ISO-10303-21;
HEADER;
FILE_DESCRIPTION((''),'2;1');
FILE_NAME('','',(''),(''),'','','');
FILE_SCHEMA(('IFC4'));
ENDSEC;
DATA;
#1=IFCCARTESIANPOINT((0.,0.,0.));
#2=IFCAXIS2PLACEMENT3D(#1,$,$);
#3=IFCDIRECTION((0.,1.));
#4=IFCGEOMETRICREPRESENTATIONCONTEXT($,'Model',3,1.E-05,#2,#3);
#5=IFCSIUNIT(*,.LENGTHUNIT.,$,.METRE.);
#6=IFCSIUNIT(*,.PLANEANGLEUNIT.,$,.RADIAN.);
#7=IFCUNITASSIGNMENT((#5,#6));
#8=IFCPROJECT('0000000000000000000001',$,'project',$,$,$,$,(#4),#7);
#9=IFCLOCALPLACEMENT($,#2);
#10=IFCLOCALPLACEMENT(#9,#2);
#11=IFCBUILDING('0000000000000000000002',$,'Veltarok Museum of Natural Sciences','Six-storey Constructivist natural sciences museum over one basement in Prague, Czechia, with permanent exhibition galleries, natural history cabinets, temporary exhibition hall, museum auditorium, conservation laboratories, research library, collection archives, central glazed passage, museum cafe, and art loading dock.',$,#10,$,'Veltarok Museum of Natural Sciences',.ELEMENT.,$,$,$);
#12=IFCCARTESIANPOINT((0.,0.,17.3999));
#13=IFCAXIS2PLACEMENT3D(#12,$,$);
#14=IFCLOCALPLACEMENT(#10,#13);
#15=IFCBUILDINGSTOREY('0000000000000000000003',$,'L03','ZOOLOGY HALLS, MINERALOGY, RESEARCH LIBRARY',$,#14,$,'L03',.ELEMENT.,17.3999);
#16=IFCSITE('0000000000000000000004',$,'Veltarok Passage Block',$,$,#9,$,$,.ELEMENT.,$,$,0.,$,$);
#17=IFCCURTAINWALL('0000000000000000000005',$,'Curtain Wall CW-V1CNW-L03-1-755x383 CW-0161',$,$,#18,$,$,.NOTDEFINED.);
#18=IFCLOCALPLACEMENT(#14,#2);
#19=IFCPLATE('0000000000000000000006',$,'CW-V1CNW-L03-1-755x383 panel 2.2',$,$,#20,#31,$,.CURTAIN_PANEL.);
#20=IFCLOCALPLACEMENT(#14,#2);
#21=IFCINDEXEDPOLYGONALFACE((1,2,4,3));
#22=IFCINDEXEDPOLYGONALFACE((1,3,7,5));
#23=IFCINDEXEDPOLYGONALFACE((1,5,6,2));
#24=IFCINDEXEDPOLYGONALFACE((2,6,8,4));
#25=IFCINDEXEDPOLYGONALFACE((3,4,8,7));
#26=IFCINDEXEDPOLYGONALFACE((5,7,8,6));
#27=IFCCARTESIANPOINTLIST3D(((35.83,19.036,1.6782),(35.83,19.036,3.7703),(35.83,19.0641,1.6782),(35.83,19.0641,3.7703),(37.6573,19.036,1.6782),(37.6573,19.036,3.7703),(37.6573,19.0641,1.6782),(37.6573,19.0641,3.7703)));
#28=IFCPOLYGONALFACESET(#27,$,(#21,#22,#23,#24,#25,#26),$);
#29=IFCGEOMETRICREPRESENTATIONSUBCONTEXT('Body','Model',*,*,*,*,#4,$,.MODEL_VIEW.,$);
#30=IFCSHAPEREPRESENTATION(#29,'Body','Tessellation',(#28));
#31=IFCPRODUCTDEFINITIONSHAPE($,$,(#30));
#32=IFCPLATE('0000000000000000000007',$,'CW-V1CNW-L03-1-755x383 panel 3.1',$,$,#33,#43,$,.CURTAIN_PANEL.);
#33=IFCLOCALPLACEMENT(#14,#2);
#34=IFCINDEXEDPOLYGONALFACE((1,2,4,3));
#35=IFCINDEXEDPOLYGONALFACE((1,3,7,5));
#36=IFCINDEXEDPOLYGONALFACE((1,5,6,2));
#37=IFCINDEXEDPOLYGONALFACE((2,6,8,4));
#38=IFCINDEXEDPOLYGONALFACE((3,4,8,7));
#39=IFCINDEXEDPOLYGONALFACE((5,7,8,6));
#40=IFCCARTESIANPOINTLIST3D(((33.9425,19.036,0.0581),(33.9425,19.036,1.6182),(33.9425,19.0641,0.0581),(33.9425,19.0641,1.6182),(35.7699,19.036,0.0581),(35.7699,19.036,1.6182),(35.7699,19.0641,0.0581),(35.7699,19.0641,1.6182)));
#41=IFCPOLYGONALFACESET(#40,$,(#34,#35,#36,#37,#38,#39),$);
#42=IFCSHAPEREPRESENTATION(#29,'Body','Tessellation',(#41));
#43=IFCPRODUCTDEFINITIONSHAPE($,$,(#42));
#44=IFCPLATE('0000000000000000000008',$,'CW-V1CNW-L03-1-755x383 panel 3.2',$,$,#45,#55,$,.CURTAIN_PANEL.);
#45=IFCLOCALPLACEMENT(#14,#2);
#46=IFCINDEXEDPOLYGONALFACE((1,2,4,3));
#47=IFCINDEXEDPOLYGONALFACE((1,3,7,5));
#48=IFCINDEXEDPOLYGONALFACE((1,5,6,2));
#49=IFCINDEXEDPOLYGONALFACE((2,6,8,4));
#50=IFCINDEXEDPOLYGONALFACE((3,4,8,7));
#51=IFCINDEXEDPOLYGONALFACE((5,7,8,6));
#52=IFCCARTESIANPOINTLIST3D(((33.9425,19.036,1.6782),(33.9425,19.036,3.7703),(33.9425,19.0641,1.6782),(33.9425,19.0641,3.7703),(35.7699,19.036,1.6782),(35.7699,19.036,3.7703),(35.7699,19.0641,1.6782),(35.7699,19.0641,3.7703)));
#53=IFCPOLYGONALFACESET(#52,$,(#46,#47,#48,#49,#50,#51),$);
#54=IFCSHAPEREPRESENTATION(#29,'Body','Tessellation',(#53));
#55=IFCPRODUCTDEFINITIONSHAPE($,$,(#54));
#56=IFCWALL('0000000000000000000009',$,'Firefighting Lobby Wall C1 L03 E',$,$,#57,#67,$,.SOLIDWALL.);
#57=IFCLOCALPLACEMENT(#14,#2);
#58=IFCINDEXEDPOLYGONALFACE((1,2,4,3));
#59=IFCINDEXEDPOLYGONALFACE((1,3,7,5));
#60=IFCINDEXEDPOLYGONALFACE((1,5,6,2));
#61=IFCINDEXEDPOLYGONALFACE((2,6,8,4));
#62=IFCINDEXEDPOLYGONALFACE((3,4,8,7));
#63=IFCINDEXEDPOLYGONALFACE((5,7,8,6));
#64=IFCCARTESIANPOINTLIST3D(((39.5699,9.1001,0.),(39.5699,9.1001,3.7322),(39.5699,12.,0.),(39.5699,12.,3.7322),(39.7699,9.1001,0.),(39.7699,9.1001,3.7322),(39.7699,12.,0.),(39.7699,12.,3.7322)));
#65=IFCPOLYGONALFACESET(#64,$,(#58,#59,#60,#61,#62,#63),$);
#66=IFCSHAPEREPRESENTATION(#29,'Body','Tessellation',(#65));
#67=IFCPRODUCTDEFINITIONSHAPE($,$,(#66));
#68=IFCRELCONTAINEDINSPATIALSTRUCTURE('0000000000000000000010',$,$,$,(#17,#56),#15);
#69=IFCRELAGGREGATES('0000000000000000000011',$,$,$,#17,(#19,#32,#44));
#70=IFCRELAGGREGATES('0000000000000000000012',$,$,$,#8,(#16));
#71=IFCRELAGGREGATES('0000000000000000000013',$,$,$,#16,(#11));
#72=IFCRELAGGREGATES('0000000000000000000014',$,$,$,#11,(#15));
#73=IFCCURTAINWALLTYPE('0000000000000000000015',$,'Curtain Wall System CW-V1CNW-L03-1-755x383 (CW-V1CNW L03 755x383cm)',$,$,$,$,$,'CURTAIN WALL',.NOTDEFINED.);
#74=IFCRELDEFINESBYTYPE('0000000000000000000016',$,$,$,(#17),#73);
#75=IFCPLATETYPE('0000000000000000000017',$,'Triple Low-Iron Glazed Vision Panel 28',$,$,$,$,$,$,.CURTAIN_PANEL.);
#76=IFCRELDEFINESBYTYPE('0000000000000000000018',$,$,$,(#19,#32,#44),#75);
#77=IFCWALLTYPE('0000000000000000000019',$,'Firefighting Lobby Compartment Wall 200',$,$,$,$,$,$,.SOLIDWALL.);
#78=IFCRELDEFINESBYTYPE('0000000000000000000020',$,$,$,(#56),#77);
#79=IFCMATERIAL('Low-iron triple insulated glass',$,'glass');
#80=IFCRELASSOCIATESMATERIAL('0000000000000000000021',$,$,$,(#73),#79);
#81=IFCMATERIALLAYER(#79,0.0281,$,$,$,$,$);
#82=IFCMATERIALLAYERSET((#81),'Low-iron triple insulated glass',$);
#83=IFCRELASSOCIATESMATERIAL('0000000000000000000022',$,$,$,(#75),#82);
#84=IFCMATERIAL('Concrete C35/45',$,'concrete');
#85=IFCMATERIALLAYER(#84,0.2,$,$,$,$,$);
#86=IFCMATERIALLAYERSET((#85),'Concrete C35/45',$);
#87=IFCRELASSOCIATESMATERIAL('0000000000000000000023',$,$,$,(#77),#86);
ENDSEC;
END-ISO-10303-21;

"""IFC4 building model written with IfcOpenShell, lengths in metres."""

from ifc_helpers import new_model, si_unit, direction, frame, frame_2d, origin, origin_2d, place, context, subcontext, project, spatial, rectangle, extrude, material, layer, layer_set, type_object, element, aggregate, save


model = new_model("IFC4")

# Units and contexts
model_context = context("Model", 3, precision=1e-05, world=origin(), true_north=direction((0.0, 1.0)))
body_context = subcontext(model_context, "Body", "Model", "MODEL_VIEW")
ifc_project = project(units=[si_unit("LENGTHUNIT", "METRE"), si_unit("PLANEANGLEUNIT", "RADIAN")], contexts=[model_context])

# Site, building, storey
site_placement = place(None, origin())
site = spatial("IfcSite", under=ifc_project, at=site_placement, Name="Veltarok Passage Block", CompositionType="ELEMENT", RefElevation=0.0)
building_placement = place(site_placement, origin())
building = spatial("IfcBuilding", under=site, at=building_placement, Name="Veltarok Museum of Natural Sciences", Description="Six-storey Constructivist natural sciences museum over one basement in Prague, Czechia, with permanent exhibition galleries, natural history cabinets, temporary exhibition hall, museum auditorium, conservation laboratories, research library, collection archives, central glazed passage, museum cafe, and art loading dock.", LongName="Veltarok Museum of Natural Sciences", CompositionType="ELEMENT")
storey_placement = place(building_placement, frame((0.0, 0.0, 17.3999)))
storey = spatial("IfcBuildingStorey", under=building, at=storey_placement, Name="L03", Description="ZOOLOGY HALLS, MINERALOGY, RESEARCH LIBRARY", LongName="L03", CompositionType="ELEMENT", Elevation=17.3999)

# Shared definitions
ifc_material_1 = material(Name="Low-iron triple insulated glass", Category="glass")

# Curtain wall
curtain_wall_type_1 = type_object("IfcCurtainWallType", Name="Curtain Wall System CW-V1CNW-L03-1-755x383 (CW-V1CNW L03 755x383cm)", ElementType="CURTAIN WALL", PredefinedType="NOTDEFINED", material=ifc_material_1)
curtain_wall_1_placement = place(storey_placement, origin())
curtain_wall_1 = element("IfcCurtainWall", 1, at=curtain_wall_1_placement, inside=storey, type_object=curtain_wall_type_1, Name="Curtain Wall CW-V1CNW-L03-1-755x383 CW-0161", PredefinedType="NOTDEFINED")

# Plates
ifc_layer_1 = layer(ifc_material_1, 0.0281)
ifc_layer_set_1 = layer_set([ifc_layer_1], Name="Low-iron triple insulated glass")
plate_type = type_object("IfcPlateType", Name="Triple Low-Iron Glazed Vision Panel 28", PredefinedType="CURTAIN_PANEL", material=ifc_layer_set_1)
plate_1_placement = place(storey_placement, frame((36.7437, 19.05, 1.6782), z_axis=(0.0, 0.0, 1.0), x_axis=(-1.0, 0.0, 0.0)))
plate_1 = element("IfcPlate", 2, at=plate_1_placement, type_object=plate_type, Name="CW-V1CNW-L03-1-755x383 panel 2.2", PredefinedType="CURTAIN_PANEL", context=body_context, shape_type="SweptSolid", body=[
    extrude(rectangle(XDim=1.8274, YDim=0.0281, at=origin_2d()), origin(), (0.0, 0.0, 1.0), 2.092),
])
plate_2_placement = place(storey_placement, frame((34.8562, 19.05, 0.0581), z_axis=(0.0, 0.0, 1.0), x_axis=(-1.0, 0.0, 0.0)))
plate_2 = element("IfcPlate", 3, at=plate_2_placement, type_object=plate_type, Name="CW-V1CNW-L03-1-755x383 panel 3.1", PredefinedType="CURTAIN_PANEL", context=body_context, shape_type="SweptSolid", body=[
    extrude(rectangle(XDim=1.8274, YDim=0.0281, at=origin_2d()), origin(), (0.0, 0.0, 1.0), 1.5601),
])
plate_3_placement = place(storey_placement, frame((34.8562, 19.05, 1.6782), z_axis=(0.0, 0.0, 1.0), x_axis=(-1.0, 0.0, 0.0)))
plate_3 = element("IfcPlate", 4, at=plate_3_placement, type_object=plate_type, Name="CW-V1CNW-L03-1-755x383 panel 3.2", PredefinedType="CURTAIN_PANEL", context=body_context, shape_type="SweptSolid", body=[
    extrude(rectangle(XDim=1.8274, YDim=0.0281, at=origin_2d()), origin(), (0.0, 0.0, 1.0), 2.092),
])
aggregate(curtain_wall_1, [plate_1, plate_2, plate_3])

# Wall
ifc_material_2 = material(Name="Concrete C35/45", Category="concrete")
ifc_layer_2 = layer(ifc_material_2, 0.2)
ifc_layer_set_2 = layer_set([ifc_layer_2], Name="Concrete C35/45")
wall_type = type_object("IfcWallType", Name="Firefighting Lobby Compartment Wall 200", PredefinedType="SOLIDWALL", material=ifc_layer_set_2)
wall_placement = place(storey_placement, frame((39.6699, 12.0, 0.0), z_axis=(0.0, 0.0, 1.0), x_axis=(0.0, -1.0, 0.0)))
element("IfcWall", 5, at=wall_placement, inside=storey, type_object=wall_type, Name="Firefighting Lobby Wall C1 L03 E", PredefinedType="SOLIDWALL", context=body_context, shape_type="SweptSolid", body=[
    extrude(rectangle(XDim=2.8999, YDim=0.2, at=frame_2d((1.45, 0.0))), origin(), (0.0, 0.0, 1.0), 3.7322),
])

save(model, "model.ifc")
